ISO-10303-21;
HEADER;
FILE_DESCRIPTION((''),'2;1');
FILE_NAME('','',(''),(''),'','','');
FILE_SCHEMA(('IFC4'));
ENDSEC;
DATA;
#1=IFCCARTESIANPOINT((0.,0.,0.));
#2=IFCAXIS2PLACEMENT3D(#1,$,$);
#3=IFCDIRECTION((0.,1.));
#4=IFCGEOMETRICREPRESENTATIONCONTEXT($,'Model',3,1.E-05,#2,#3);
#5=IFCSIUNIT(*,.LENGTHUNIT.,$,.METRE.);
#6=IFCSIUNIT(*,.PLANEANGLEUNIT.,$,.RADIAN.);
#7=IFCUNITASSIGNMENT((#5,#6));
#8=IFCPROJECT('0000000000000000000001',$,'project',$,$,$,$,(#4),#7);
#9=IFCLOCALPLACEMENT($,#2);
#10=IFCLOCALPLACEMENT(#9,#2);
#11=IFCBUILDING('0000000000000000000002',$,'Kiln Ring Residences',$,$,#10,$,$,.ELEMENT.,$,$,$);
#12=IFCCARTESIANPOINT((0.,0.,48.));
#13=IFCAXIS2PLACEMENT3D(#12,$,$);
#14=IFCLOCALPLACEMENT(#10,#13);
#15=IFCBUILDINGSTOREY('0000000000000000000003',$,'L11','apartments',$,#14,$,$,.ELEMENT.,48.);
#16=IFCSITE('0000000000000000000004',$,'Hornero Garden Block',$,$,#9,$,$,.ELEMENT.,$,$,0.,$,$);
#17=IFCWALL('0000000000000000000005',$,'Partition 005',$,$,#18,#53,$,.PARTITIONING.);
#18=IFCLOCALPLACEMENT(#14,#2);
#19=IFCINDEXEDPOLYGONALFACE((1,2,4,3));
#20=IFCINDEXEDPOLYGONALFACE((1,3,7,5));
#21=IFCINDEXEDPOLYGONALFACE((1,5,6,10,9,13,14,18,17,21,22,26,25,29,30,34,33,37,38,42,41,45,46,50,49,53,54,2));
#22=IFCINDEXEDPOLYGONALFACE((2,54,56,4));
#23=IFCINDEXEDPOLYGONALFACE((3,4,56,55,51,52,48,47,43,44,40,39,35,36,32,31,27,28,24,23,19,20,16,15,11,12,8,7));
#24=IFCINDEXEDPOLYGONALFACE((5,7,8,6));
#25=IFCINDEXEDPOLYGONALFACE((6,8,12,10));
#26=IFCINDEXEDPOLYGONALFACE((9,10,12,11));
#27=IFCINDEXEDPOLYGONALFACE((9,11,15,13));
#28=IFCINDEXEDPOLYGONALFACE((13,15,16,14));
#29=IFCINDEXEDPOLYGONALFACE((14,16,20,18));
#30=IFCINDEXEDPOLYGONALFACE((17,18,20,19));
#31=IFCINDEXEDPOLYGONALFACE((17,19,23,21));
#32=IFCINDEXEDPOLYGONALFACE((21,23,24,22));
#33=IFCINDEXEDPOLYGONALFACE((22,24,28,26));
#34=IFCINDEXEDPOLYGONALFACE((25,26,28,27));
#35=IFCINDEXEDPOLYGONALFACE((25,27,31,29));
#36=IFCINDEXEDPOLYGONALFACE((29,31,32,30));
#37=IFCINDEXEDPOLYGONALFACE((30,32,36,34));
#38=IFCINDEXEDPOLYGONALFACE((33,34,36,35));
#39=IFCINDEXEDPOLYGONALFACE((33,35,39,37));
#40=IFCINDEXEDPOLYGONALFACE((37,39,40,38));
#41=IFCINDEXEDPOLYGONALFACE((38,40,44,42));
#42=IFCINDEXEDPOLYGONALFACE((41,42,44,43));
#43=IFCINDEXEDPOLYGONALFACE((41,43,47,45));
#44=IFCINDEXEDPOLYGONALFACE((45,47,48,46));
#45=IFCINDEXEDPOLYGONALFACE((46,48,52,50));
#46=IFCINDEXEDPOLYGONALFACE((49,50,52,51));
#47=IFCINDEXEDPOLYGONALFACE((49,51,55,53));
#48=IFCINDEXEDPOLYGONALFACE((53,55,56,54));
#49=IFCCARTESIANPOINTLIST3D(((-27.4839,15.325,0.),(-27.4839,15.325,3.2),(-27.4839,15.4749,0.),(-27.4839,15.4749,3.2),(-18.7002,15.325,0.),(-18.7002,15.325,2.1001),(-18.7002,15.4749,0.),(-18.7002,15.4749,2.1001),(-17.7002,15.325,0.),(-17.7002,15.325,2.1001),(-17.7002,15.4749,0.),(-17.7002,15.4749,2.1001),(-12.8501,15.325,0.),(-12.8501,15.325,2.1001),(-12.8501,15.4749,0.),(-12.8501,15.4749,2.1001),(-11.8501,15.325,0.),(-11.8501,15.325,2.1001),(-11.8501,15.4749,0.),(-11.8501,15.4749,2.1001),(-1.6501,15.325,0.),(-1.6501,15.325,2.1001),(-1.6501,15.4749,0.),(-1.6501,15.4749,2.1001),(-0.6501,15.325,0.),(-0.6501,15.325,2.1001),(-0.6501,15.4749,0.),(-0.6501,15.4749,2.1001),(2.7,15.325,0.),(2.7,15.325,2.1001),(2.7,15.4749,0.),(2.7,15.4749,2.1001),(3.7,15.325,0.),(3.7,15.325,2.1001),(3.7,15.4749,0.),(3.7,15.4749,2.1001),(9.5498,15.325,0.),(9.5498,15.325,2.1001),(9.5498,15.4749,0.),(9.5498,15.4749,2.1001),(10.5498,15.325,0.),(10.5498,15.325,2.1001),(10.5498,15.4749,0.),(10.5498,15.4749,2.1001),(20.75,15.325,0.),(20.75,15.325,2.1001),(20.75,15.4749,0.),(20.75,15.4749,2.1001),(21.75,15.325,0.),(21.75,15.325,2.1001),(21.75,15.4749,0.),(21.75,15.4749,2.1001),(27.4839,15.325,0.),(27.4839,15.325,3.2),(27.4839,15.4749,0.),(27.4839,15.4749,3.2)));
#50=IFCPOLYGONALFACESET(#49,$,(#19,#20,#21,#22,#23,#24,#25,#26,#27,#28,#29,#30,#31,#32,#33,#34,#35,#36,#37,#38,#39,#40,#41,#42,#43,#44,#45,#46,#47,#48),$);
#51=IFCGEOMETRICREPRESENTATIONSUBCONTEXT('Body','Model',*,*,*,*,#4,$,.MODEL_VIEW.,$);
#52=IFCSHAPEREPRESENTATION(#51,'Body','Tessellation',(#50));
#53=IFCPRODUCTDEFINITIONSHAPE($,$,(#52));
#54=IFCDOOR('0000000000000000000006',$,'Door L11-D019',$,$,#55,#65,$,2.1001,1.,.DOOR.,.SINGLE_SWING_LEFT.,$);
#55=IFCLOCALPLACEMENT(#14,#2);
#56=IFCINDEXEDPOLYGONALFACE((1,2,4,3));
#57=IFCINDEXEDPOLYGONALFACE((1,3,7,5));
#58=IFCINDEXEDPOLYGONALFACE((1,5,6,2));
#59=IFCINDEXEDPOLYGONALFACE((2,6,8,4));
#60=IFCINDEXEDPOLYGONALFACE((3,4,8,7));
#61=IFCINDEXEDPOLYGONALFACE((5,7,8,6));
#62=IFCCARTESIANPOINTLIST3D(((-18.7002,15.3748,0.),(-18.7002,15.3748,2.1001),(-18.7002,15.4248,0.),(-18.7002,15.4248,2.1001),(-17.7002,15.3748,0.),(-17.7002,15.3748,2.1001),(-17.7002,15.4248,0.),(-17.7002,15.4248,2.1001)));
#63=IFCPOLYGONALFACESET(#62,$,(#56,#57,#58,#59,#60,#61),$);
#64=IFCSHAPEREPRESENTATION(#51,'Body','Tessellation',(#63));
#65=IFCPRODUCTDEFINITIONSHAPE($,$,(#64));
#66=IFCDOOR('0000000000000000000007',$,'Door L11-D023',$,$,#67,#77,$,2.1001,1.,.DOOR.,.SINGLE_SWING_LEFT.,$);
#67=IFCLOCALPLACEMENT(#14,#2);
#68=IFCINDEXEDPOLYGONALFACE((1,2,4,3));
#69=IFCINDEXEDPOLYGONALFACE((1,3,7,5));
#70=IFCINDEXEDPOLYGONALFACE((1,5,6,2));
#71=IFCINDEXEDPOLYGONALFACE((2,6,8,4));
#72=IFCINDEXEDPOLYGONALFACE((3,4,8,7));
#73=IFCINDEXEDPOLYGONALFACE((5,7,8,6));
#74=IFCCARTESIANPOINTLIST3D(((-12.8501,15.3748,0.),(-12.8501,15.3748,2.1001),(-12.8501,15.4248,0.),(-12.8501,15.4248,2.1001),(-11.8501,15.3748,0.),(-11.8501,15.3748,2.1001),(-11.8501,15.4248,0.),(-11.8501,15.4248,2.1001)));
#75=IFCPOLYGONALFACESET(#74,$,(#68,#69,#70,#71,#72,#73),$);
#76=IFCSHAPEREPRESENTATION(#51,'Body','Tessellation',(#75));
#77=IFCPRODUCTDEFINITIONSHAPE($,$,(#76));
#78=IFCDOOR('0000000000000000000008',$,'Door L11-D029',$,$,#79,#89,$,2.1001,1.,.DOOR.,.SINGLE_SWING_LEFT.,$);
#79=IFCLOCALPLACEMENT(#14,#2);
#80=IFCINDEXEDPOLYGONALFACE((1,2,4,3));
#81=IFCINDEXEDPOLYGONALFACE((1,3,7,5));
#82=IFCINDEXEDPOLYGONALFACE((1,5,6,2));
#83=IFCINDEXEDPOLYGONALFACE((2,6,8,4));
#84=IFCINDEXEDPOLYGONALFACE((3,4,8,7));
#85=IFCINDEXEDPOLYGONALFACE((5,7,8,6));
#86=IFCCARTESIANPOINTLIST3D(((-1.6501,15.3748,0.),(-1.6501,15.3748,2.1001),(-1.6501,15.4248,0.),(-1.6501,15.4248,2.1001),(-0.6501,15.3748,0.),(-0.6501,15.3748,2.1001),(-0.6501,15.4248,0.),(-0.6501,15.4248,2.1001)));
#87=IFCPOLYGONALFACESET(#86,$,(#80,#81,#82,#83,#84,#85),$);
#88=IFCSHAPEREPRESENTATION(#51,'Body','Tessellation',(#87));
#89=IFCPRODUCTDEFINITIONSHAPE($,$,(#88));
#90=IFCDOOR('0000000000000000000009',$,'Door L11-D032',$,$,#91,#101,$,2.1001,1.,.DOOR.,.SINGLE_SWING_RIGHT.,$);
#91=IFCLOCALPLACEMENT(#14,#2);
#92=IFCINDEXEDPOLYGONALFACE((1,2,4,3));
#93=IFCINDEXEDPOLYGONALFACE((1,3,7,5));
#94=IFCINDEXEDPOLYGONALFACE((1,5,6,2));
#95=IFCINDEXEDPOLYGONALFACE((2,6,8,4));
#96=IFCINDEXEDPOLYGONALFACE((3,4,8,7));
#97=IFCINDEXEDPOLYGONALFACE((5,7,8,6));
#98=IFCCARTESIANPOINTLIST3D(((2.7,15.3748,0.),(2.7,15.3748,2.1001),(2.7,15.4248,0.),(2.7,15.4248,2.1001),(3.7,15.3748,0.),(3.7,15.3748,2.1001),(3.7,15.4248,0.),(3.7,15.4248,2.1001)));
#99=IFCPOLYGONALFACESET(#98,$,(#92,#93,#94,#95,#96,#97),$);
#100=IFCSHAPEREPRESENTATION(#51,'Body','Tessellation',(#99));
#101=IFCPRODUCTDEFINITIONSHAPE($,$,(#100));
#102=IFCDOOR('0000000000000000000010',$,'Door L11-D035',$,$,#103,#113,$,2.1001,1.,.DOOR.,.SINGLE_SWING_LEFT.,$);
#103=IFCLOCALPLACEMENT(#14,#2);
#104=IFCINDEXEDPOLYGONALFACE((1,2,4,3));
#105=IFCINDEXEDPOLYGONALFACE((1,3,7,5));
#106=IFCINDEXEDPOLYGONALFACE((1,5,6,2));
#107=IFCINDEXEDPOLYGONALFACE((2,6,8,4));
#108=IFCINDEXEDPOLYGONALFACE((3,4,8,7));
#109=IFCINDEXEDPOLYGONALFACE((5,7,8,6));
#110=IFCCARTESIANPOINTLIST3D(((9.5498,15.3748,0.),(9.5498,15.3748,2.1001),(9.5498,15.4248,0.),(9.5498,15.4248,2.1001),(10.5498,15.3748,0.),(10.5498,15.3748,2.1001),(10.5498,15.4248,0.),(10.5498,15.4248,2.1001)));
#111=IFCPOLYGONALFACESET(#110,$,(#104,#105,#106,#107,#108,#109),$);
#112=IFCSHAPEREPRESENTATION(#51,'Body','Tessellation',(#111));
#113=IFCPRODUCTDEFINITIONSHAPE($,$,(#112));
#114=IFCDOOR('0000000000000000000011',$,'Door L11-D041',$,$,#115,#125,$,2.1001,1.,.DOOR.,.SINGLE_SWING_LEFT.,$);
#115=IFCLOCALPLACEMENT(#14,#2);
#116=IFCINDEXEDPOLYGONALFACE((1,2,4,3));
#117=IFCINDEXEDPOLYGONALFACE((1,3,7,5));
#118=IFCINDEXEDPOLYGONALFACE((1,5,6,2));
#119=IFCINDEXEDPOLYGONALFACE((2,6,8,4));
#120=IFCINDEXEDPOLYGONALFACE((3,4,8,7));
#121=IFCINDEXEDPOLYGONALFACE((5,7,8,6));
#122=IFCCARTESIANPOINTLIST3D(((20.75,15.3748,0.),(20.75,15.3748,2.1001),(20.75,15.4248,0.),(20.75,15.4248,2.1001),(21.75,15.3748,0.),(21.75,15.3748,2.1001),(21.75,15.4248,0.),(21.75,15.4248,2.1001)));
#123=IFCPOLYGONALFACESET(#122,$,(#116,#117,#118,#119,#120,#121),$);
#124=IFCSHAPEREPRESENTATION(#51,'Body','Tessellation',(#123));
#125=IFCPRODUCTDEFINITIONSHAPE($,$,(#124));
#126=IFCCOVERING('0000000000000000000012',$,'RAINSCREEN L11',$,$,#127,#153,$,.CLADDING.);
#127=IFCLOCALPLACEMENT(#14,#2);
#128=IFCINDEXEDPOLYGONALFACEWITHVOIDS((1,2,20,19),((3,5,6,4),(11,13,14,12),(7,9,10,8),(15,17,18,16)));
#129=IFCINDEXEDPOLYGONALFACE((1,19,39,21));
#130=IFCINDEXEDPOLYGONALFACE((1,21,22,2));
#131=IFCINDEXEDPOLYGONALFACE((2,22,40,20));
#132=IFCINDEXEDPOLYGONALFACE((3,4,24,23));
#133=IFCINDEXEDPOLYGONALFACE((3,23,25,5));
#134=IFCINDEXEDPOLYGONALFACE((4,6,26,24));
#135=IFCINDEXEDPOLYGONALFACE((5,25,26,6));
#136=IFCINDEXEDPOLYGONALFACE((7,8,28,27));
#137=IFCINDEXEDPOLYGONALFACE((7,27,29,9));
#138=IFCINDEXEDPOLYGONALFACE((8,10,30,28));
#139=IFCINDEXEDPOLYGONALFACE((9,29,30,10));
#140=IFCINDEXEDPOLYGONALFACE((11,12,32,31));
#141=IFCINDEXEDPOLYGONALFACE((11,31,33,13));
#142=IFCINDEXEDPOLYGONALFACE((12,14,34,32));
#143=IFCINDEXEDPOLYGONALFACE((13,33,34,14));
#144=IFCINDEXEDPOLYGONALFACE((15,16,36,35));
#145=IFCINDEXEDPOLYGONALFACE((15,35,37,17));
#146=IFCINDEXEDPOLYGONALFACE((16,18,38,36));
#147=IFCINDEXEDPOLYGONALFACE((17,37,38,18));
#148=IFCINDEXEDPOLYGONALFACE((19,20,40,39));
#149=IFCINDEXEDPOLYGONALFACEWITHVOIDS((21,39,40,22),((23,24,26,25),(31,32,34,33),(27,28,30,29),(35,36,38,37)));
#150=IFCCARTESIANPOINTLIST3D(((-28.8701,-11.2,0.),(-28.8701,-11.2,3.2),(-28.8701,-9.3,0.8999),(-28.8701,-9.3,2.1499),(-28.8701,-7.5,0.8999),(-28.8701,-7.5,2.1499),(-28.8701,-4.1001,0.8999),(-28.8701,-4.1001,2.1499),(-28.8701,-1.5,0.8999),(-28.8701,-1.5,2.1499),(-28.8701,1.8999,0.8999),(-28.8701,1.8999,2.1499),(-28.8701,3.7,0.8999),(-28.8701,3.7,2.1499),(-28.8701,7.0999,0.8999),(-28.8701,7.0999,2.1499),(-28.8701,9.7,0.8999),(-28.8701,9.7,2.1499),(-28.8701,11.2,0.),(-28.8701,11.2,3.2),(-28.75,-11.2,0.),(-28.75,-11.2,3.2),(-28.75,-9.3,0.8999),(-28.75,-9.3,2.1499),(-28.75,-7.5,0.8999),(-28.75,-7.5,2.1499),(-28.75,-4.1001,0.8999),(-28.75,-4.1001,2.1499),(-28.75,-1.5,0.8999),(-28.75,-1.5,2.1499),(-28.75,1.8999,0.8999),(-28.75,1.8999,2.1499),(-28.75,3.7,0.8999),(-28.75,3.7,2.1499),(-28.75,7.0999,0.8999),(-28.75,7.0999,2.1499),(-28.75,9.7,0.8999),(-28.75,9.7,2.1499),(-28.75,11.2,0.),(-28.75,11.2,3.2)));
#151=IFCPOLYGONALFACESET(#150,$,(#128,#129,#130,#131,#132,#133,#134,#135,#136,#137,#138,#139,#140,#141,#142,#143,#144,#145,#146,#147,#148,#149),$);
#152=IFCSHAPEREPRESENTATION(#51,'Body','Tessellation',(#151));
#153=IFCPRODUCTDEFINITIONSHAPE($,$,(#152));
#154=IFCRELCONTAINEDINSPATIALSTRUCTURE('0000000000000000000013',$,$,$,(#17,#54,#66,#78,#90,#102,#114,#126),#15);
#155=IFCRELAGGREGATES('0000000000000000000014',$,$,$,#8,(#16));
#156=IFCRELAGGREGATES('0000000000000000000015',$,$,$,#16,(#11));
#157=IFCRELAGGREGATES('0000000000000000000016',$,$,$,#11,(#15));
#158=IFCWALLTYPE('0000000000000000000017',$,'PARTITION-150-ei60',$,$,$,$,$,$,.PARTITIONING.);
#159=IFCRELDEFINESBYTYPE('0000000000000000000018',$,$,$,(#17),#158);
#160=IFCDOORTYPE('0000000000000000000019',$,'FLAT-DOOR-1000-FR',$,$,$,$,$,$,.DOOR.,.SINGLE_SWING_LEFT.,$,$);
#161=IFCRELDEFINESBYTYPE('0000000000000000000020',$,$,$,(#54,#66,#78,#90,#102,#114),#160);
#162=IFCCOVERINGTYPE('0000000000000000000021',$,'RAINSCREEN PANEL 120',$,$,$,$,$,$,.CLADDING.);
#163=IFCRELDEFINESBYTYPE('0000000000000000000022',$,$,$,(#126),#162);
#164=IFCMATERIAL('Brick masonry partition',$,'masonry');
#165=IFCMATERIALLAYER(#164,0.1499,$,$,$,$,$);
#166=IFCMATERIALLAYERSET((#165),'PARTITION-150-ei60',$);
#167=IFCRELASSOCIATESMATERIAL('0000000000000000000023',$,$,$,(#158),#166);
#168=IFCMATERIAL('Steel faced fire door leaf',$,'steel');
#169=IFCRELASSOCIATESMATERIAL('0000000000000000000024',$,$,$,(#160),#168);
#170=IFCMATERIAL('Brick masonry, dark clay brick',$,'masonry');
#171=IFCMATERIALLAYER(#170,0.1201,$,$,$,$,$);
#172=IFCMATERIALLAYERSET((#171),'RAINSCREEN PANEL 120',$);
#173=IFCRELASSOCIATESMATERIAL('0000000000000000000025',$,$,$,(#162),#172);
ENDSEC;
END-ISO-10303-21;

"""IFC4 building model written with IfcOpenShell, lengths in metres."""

from ifc_helpers import new_model, si_unit, direction, frame, frame_2d, origin, place, context, subcontext, project, spatial, polyline, rectangle, outline, extrude, material, layer, layer_set, type_object, element, fill, save


model = new_model("IFC4")

# Units and contexts
model_context = context("Model", 3, precision=1e-05, world=origin(), true_north=direction((0.0, 1.0)))
body_context = subcontext(model_context, "Body", "Model", "MODEL_VIEW")
ifc_project = project(units=[si_unit("LENGTHUNIT", "METRE"), si_unit("PLANEANGLEUNIT", "RADIAN")], contexts=[model_context])

# Site, building, storey
site_placement = place(None, origin())
site = spatial("IfcSite", under=ifc_project, at=site_placement, Name="Hornero Garden Block", CompositionType="ELEMENT", RefElevation=0.0)
building_placement = place(site_placement, origin())
building = spatial("IfcBuilding", under=site, at=building_placement, Name="Kiln Ring Residences", CompositionType="ELEMENT")
storey_placement = place(building_placement, frame((0.0, 0.0, 48.0)))
storey = spatial("IfcBuildingStorey", under=building, at=storey_placement, Name="L11", Description="apartments", CompositionType="ELEMENT", Elevation=48.0)

# Wall, openings, doors
ifc_material_1 = material(Name="Brick masonry partition", Category="masonry")
ifc_layer_1 = layer(ifc_material_1, 0.1499)
ifc_layer_set_1 = layer_set([ifc_layer_1], Name="PARTITION-150-ei60")
wall_type_1 = type_object("IfcWallType", Name="PARTITION-150-ei60", PredefinedType="PARTITIONING", material=ifc_layer_set_1)
wall_1_placement = place(storey_placement, frame((-27.4839, 15.3999, 0.0), z_axis=(0.0, 0.0, 1.0), x_axis=(1.0, 0.0, 0.0)))
wall_1 = element("IfcWall", 1, at=wall_1_placement, inside=storey, type_object=wall_type_1, Name="Partition 005", PredefinedType="PARTITIONING", context=body_context, shape_type="SweptSolid", body=[
    extrude(rectangle(XDim=54.9678, YDim=0.1499, at=frame_2d((27.4839, 0.0))), origin(), (0.0, 0.0, 1.0), 3.2),
])
opening_1_placement = place(wall_1_placement, frame((8.7837, 0.0, 0.0)))
opening_1 = element("IfcOpeningElement", 2, at=opening_1_placement, cuts=wall_1, PredefinedType="OPENING", context=body_context, shape_type="SweptSolid", body=[
    extrude(rectangle(XDim=1.0, YDim=2.1001, at=frame_2d((0.5, 1.05))), frame((0.0, 0.085, 0.0), z_axis=(0.0, -1.0, 0.0), x_axis=(1.0, 0.0, 0.0)), (0.0, 0.0, 1.0), 0.1699),
])
opening_2_placement = place(wall_1_placement, frame((14.6338, 0.0, 0.0)))
opening_2 = element("IfcOpeningElement", 3, at=opening_2_placement, cuts=wall_1, PredefinedType="OPENING", context=body_context, shape_type="SweptSolid", body=[
    extrude(rectangle(XDim=1.0, YDim=2.1001, at=frame_2d((0.5, 1.05))), frame((0.0, 0.085, 0.0), z_axis=(0.0, -1.0, 0.0), x_axis=(1.0, 0.0, 0.0)), (0.0, 0.0, 1.0), 0.1699),
])
opening_3_placement = place(wall_1_placement, frame((25.8337, 0.0, 0.0)))
opening_3 = element("IfcOpeningElement", 4, at=opening_3_placement, cuts=wall_1, PredefinedType="OPENING", context=body_context, shape_type="SweptSolid", body=[
    extrude(rectangle(XDim=1.0, YDim=2.1001, at=frame_2d((0.5, 1.05))), frame((0.0, 0.085, 0.0), z_axis=(0.0, -1.0, 0.0), x_axis=(1.0, 0.0, 0.0)), (0.0, 0.0, 1.0), 0.1699),
])
opening_4_placement = place(wall_1_placement, frame((30.1838, 0.0, 0.0)))
opening_4 = element("IfcOpeningElement", 5, at=opening_4_placement, cuts=wall_1, PredefinedType="OPENING", context=body_context, shape_type="SweptSolid", body=[
    extrude(rectangle(XDim=1.0, YDim=2.1001, at=frame_2d((0.5, 1.05))), frame((0.0, 0.085, 0.0), z_axis=(0.0, -1.0, 0.0), x_axis=(1.0, 0.0, 0.0)), (0.0, 0.0, 1.0), 0.1699),
])
opening_5_placement = place(wall_1_placement, frame((37.0337, 0.0, 0.0)))
opening_5 = element("IfcOpeningElement", 6, at=opening_5_placement, cuts=wall_1, PredefinedType="OPENING", context=body_context, shape_type="SweptSolid", body=[
    extrude(rectangle(XDim=1.0, YDim=2.1001, at=frame_2d((0.5, 1.05))), frame((0.0, 0.085, 0.0), z_axis=(0.0, -1.0, 0.0), x_axis=(1.0, 0.0, 0.0)), (0.0, 0.0, 1.0), 0.1699),
])
opening_6_placement = place(wall_1_placement, frame((48.2339, 0.0, 0.0)))
opening_6 = element("IfcOpeningElement", 7, at=opening_6_placement, cuts=wall_1, PredefinedType="OPENING", context=body_context, shape_type="SweptSolid", body=[
    extrude(rectangle(XDim=1.0, YDim=2.1001, at=frame_2d((0.5, 1.05))), frame((0.0, 0.085, 0.0), z_axis=(0.0, -1.0, 0.0), x_axis=(1.0, 0.0, 0.0)), (0.0, 0.0, 1.0), 0.1699),
])
ifc_material_2 = material(Name="Steel faced fire door leaf", Category="steel")
door_type_1 = type_object("IfcDoorType", Name="FLAT-DOOR-1000-FR", OperationType="SINGLE_SWING_LEFT", PredefinedType="DOOR", material=ifc_material_2)
door_1_placement = place(opening_1_placement, origin())
door_1 = element("IfcDoor", 8, at=door_1_placement, inside=storey, type_object=door_type_1, Name="Door L11-D019", OperationType="SINGLE_SWING_LEFT", OverallHeight=2.1001, OverallWidth=1.0, PredefinedType="DOOR", context=body_context, shape_type="SweptSolid", body=[
    extrude(rectangle(XDim=1.0, YDim=2.1001, at=frame_2d((0.5, 1.05))), frame((0.0, 0.0249, 0.0), z_axis=(0.0, -1.0, 0.0), x_axis=(1.0, 0.0, 0.0)), (0.0, 0.0, 1.0), 0.05),
])
fill(opening_1, door_1)
door_2_placement = place(opening_2_placement, origin())
door_2 = element("IfcDoor", 9, at=door_2_placement, inside=storey, type_object=door_type_1, Name="Door L11-D023", OperationType="SINGLE_SWING_LEFT", OverallHeight=2.1001, OverallWidth=1.0, PredefinedType="DOOR", context=body_context, shape_type="SweptSolid", body=[
    extrude(rectangle(XDim=1.0, YDim=2.1001, at=frame_2d((0.5, 1.05))), frame((0.0, 0.0249, 0.0), z_axis=(0.0, -1.0, 0.0), x_axis=(1.0, 0.0, 0.0)), (0.0, 0.0, 1.0), 0.05),
])
fill(opening_2, door_2)
door_3_placement = place(opening_3_placement, origin())
door_3 = element("IfcDoor", 10, at=door_3_placement, inside=storey, type_object=door_type_1, Name="Door L11-D029", OperationType="SINGLE_SWING_LEFT", OverallHeight=2.1001, OverallWidth=1.0, PredefinedType="DOOR", context=body_context, shape_type="SweptSolid", body=[
    extrude(rectangle(XDim=1.0, YDim=2.1001, at=frame_2d((0.5, 1.05))), frame((0.0, 0.0249, 0.0), z_axis=(0.0, -1.0, 0.0), x_axis=(1.0, 0.0, 0.0)), (0.0, 0.0, 1.0), 0.05),
])
fill(opening_3, door_3)
door_4_placement = place(opening_4_placement, origin())
door_4 = element("IfcDoor", 11, at=door_4_placement, inside=storey, type_object=door_type_1, Name="Door L11-D032", OperationType="SINGLE_SWING_RIGHT", OverallHeight=2.1001, OverallWidth=1.0, PredefinedType="DOOR", context=body_context, shape_type="SweptSolid", body=[
    extrude(rectangle(XDim=1.0, YDim=2.1001, at=frame_2d((0.5, 1.05))), frame((0.0, 0.0249, 0.0), z_axis=(0.0, -1.0, 0.0), x_axis=(1.0, 0.0, 0.0)), (0.0, 0.0, 1.0), 0.05),
])
fill(opening_4, door_4)
door_5_placement = place(opening_5_placement, origin())
door_5 = element("IfcDoor", 12, at=door_5_placement, inside=storey, type_object=door_type_1, Name="Door L11-D035", OperationType="SINGLE_SWING_LEFT", OverallHeight=2.1001, OverallWidth=1.0, PredefinedType="DOOR", context=body_context, shape_type="SweptSolid", body=[
    extrude(rectangle(XDim=1.0, YDim=2.1001, at=frame_2d((0.5, 1.05))), frame((0.0, 0.0249, 0.0), z_axis=(0.0, -1.0, 0.0), x_axis=(1.0, 0.0, 0.0)), (0.0, 0.0, 1.0), 0.05),
])
fill(opening_5, door_5)
door_6_placement = place(opening_6_placement, origin())
door_6 = element("IfcDoor", 13, at=door_6_placement, inside=storey, type_object=door_type_1, Name="Door L11-D041", OperationType="SINGLE_SWING_LEFT", OverallHeight=2.1001, OverallWidth=1.0, PredefinedType="DOOR", context=body_context, shape_type="SweptSolid", body=[
    extrude(rectangle(XDim=1.0, YDim=2.1001, at=frame_2d((0.5, 1.05))), frame((0.0, 0.0249, 0.0), z_axis=(0.0, -1.0, 0.0), x_axis=(1.0, 0.0, 0.0)), (0.0, 0.0, 1.0), 0.05),
])
fill(opening_6, door_6)

# Covering
ifc_material_3 = material(Name="Brick masonry, dark clay brick", Category="masonry")
ifc_layer_2 = layer(ifc_material_3, 0.1201)
ifc_layer_set_2 = layer_set([ifc_layer_2], Name="RAINSCREEN PANEL 120")
covering_type = type_object("IfcCoveringType", Name="RAINSCREEN PANEL 120", PredefinedType="CLADDING", material=ifc_layer_set_2)
covering_placement = place(storey_placement, frame((-28.8101, 11.2, 0.0), z_axis=(0.0, 0.0, 1.0), x_axis=(0.0, -1.0, 0.0)))
element("IfcCovering", 14, at=covering_placement, inside=storey, type_object=covering_type, Name="RAINSCREEN L11", PredefinedType="CLADDING", context=body_context, shape_type="SweptSolid", body=[
    extrude(outline(polyline([(0.0, 0.0), (22.3999, 0.0), (22.3999, 3.2), (0.0, 3.2), (0.0, 0.0)]), holes=[polyline([(4.1001, 0.8999), (4.1001, 2.1499), (1.5, 2.1499), (1.5, 0.8999), (4.1001, 0.8999)]), polyline([(9.3, 0.8999), (9.3, 2.1499), (7.5, 2.1499), (7.5, 0.8999), (9.3, 0.8999)]), polyline([(15.3, 0.8999), (15.3, 2.1499), (12.7, 2.1499), (12.7, 0.8999), (15.3, 0.8999)]), polyline([(20.5, 0.8999), (20.5, 2.1499), (18.7, 2.1499), (18.7, 0.8999), (20.5, 0.8999)])]), frame((0.0, 0.0601, 0.0), z_axis=(0.0, -1.0, 0.0), x_axis=(1.0, 0.0, 0.0)), (0.0, 0.0, 1.0), 0.1201),
])

save(model, "model.ifc")
